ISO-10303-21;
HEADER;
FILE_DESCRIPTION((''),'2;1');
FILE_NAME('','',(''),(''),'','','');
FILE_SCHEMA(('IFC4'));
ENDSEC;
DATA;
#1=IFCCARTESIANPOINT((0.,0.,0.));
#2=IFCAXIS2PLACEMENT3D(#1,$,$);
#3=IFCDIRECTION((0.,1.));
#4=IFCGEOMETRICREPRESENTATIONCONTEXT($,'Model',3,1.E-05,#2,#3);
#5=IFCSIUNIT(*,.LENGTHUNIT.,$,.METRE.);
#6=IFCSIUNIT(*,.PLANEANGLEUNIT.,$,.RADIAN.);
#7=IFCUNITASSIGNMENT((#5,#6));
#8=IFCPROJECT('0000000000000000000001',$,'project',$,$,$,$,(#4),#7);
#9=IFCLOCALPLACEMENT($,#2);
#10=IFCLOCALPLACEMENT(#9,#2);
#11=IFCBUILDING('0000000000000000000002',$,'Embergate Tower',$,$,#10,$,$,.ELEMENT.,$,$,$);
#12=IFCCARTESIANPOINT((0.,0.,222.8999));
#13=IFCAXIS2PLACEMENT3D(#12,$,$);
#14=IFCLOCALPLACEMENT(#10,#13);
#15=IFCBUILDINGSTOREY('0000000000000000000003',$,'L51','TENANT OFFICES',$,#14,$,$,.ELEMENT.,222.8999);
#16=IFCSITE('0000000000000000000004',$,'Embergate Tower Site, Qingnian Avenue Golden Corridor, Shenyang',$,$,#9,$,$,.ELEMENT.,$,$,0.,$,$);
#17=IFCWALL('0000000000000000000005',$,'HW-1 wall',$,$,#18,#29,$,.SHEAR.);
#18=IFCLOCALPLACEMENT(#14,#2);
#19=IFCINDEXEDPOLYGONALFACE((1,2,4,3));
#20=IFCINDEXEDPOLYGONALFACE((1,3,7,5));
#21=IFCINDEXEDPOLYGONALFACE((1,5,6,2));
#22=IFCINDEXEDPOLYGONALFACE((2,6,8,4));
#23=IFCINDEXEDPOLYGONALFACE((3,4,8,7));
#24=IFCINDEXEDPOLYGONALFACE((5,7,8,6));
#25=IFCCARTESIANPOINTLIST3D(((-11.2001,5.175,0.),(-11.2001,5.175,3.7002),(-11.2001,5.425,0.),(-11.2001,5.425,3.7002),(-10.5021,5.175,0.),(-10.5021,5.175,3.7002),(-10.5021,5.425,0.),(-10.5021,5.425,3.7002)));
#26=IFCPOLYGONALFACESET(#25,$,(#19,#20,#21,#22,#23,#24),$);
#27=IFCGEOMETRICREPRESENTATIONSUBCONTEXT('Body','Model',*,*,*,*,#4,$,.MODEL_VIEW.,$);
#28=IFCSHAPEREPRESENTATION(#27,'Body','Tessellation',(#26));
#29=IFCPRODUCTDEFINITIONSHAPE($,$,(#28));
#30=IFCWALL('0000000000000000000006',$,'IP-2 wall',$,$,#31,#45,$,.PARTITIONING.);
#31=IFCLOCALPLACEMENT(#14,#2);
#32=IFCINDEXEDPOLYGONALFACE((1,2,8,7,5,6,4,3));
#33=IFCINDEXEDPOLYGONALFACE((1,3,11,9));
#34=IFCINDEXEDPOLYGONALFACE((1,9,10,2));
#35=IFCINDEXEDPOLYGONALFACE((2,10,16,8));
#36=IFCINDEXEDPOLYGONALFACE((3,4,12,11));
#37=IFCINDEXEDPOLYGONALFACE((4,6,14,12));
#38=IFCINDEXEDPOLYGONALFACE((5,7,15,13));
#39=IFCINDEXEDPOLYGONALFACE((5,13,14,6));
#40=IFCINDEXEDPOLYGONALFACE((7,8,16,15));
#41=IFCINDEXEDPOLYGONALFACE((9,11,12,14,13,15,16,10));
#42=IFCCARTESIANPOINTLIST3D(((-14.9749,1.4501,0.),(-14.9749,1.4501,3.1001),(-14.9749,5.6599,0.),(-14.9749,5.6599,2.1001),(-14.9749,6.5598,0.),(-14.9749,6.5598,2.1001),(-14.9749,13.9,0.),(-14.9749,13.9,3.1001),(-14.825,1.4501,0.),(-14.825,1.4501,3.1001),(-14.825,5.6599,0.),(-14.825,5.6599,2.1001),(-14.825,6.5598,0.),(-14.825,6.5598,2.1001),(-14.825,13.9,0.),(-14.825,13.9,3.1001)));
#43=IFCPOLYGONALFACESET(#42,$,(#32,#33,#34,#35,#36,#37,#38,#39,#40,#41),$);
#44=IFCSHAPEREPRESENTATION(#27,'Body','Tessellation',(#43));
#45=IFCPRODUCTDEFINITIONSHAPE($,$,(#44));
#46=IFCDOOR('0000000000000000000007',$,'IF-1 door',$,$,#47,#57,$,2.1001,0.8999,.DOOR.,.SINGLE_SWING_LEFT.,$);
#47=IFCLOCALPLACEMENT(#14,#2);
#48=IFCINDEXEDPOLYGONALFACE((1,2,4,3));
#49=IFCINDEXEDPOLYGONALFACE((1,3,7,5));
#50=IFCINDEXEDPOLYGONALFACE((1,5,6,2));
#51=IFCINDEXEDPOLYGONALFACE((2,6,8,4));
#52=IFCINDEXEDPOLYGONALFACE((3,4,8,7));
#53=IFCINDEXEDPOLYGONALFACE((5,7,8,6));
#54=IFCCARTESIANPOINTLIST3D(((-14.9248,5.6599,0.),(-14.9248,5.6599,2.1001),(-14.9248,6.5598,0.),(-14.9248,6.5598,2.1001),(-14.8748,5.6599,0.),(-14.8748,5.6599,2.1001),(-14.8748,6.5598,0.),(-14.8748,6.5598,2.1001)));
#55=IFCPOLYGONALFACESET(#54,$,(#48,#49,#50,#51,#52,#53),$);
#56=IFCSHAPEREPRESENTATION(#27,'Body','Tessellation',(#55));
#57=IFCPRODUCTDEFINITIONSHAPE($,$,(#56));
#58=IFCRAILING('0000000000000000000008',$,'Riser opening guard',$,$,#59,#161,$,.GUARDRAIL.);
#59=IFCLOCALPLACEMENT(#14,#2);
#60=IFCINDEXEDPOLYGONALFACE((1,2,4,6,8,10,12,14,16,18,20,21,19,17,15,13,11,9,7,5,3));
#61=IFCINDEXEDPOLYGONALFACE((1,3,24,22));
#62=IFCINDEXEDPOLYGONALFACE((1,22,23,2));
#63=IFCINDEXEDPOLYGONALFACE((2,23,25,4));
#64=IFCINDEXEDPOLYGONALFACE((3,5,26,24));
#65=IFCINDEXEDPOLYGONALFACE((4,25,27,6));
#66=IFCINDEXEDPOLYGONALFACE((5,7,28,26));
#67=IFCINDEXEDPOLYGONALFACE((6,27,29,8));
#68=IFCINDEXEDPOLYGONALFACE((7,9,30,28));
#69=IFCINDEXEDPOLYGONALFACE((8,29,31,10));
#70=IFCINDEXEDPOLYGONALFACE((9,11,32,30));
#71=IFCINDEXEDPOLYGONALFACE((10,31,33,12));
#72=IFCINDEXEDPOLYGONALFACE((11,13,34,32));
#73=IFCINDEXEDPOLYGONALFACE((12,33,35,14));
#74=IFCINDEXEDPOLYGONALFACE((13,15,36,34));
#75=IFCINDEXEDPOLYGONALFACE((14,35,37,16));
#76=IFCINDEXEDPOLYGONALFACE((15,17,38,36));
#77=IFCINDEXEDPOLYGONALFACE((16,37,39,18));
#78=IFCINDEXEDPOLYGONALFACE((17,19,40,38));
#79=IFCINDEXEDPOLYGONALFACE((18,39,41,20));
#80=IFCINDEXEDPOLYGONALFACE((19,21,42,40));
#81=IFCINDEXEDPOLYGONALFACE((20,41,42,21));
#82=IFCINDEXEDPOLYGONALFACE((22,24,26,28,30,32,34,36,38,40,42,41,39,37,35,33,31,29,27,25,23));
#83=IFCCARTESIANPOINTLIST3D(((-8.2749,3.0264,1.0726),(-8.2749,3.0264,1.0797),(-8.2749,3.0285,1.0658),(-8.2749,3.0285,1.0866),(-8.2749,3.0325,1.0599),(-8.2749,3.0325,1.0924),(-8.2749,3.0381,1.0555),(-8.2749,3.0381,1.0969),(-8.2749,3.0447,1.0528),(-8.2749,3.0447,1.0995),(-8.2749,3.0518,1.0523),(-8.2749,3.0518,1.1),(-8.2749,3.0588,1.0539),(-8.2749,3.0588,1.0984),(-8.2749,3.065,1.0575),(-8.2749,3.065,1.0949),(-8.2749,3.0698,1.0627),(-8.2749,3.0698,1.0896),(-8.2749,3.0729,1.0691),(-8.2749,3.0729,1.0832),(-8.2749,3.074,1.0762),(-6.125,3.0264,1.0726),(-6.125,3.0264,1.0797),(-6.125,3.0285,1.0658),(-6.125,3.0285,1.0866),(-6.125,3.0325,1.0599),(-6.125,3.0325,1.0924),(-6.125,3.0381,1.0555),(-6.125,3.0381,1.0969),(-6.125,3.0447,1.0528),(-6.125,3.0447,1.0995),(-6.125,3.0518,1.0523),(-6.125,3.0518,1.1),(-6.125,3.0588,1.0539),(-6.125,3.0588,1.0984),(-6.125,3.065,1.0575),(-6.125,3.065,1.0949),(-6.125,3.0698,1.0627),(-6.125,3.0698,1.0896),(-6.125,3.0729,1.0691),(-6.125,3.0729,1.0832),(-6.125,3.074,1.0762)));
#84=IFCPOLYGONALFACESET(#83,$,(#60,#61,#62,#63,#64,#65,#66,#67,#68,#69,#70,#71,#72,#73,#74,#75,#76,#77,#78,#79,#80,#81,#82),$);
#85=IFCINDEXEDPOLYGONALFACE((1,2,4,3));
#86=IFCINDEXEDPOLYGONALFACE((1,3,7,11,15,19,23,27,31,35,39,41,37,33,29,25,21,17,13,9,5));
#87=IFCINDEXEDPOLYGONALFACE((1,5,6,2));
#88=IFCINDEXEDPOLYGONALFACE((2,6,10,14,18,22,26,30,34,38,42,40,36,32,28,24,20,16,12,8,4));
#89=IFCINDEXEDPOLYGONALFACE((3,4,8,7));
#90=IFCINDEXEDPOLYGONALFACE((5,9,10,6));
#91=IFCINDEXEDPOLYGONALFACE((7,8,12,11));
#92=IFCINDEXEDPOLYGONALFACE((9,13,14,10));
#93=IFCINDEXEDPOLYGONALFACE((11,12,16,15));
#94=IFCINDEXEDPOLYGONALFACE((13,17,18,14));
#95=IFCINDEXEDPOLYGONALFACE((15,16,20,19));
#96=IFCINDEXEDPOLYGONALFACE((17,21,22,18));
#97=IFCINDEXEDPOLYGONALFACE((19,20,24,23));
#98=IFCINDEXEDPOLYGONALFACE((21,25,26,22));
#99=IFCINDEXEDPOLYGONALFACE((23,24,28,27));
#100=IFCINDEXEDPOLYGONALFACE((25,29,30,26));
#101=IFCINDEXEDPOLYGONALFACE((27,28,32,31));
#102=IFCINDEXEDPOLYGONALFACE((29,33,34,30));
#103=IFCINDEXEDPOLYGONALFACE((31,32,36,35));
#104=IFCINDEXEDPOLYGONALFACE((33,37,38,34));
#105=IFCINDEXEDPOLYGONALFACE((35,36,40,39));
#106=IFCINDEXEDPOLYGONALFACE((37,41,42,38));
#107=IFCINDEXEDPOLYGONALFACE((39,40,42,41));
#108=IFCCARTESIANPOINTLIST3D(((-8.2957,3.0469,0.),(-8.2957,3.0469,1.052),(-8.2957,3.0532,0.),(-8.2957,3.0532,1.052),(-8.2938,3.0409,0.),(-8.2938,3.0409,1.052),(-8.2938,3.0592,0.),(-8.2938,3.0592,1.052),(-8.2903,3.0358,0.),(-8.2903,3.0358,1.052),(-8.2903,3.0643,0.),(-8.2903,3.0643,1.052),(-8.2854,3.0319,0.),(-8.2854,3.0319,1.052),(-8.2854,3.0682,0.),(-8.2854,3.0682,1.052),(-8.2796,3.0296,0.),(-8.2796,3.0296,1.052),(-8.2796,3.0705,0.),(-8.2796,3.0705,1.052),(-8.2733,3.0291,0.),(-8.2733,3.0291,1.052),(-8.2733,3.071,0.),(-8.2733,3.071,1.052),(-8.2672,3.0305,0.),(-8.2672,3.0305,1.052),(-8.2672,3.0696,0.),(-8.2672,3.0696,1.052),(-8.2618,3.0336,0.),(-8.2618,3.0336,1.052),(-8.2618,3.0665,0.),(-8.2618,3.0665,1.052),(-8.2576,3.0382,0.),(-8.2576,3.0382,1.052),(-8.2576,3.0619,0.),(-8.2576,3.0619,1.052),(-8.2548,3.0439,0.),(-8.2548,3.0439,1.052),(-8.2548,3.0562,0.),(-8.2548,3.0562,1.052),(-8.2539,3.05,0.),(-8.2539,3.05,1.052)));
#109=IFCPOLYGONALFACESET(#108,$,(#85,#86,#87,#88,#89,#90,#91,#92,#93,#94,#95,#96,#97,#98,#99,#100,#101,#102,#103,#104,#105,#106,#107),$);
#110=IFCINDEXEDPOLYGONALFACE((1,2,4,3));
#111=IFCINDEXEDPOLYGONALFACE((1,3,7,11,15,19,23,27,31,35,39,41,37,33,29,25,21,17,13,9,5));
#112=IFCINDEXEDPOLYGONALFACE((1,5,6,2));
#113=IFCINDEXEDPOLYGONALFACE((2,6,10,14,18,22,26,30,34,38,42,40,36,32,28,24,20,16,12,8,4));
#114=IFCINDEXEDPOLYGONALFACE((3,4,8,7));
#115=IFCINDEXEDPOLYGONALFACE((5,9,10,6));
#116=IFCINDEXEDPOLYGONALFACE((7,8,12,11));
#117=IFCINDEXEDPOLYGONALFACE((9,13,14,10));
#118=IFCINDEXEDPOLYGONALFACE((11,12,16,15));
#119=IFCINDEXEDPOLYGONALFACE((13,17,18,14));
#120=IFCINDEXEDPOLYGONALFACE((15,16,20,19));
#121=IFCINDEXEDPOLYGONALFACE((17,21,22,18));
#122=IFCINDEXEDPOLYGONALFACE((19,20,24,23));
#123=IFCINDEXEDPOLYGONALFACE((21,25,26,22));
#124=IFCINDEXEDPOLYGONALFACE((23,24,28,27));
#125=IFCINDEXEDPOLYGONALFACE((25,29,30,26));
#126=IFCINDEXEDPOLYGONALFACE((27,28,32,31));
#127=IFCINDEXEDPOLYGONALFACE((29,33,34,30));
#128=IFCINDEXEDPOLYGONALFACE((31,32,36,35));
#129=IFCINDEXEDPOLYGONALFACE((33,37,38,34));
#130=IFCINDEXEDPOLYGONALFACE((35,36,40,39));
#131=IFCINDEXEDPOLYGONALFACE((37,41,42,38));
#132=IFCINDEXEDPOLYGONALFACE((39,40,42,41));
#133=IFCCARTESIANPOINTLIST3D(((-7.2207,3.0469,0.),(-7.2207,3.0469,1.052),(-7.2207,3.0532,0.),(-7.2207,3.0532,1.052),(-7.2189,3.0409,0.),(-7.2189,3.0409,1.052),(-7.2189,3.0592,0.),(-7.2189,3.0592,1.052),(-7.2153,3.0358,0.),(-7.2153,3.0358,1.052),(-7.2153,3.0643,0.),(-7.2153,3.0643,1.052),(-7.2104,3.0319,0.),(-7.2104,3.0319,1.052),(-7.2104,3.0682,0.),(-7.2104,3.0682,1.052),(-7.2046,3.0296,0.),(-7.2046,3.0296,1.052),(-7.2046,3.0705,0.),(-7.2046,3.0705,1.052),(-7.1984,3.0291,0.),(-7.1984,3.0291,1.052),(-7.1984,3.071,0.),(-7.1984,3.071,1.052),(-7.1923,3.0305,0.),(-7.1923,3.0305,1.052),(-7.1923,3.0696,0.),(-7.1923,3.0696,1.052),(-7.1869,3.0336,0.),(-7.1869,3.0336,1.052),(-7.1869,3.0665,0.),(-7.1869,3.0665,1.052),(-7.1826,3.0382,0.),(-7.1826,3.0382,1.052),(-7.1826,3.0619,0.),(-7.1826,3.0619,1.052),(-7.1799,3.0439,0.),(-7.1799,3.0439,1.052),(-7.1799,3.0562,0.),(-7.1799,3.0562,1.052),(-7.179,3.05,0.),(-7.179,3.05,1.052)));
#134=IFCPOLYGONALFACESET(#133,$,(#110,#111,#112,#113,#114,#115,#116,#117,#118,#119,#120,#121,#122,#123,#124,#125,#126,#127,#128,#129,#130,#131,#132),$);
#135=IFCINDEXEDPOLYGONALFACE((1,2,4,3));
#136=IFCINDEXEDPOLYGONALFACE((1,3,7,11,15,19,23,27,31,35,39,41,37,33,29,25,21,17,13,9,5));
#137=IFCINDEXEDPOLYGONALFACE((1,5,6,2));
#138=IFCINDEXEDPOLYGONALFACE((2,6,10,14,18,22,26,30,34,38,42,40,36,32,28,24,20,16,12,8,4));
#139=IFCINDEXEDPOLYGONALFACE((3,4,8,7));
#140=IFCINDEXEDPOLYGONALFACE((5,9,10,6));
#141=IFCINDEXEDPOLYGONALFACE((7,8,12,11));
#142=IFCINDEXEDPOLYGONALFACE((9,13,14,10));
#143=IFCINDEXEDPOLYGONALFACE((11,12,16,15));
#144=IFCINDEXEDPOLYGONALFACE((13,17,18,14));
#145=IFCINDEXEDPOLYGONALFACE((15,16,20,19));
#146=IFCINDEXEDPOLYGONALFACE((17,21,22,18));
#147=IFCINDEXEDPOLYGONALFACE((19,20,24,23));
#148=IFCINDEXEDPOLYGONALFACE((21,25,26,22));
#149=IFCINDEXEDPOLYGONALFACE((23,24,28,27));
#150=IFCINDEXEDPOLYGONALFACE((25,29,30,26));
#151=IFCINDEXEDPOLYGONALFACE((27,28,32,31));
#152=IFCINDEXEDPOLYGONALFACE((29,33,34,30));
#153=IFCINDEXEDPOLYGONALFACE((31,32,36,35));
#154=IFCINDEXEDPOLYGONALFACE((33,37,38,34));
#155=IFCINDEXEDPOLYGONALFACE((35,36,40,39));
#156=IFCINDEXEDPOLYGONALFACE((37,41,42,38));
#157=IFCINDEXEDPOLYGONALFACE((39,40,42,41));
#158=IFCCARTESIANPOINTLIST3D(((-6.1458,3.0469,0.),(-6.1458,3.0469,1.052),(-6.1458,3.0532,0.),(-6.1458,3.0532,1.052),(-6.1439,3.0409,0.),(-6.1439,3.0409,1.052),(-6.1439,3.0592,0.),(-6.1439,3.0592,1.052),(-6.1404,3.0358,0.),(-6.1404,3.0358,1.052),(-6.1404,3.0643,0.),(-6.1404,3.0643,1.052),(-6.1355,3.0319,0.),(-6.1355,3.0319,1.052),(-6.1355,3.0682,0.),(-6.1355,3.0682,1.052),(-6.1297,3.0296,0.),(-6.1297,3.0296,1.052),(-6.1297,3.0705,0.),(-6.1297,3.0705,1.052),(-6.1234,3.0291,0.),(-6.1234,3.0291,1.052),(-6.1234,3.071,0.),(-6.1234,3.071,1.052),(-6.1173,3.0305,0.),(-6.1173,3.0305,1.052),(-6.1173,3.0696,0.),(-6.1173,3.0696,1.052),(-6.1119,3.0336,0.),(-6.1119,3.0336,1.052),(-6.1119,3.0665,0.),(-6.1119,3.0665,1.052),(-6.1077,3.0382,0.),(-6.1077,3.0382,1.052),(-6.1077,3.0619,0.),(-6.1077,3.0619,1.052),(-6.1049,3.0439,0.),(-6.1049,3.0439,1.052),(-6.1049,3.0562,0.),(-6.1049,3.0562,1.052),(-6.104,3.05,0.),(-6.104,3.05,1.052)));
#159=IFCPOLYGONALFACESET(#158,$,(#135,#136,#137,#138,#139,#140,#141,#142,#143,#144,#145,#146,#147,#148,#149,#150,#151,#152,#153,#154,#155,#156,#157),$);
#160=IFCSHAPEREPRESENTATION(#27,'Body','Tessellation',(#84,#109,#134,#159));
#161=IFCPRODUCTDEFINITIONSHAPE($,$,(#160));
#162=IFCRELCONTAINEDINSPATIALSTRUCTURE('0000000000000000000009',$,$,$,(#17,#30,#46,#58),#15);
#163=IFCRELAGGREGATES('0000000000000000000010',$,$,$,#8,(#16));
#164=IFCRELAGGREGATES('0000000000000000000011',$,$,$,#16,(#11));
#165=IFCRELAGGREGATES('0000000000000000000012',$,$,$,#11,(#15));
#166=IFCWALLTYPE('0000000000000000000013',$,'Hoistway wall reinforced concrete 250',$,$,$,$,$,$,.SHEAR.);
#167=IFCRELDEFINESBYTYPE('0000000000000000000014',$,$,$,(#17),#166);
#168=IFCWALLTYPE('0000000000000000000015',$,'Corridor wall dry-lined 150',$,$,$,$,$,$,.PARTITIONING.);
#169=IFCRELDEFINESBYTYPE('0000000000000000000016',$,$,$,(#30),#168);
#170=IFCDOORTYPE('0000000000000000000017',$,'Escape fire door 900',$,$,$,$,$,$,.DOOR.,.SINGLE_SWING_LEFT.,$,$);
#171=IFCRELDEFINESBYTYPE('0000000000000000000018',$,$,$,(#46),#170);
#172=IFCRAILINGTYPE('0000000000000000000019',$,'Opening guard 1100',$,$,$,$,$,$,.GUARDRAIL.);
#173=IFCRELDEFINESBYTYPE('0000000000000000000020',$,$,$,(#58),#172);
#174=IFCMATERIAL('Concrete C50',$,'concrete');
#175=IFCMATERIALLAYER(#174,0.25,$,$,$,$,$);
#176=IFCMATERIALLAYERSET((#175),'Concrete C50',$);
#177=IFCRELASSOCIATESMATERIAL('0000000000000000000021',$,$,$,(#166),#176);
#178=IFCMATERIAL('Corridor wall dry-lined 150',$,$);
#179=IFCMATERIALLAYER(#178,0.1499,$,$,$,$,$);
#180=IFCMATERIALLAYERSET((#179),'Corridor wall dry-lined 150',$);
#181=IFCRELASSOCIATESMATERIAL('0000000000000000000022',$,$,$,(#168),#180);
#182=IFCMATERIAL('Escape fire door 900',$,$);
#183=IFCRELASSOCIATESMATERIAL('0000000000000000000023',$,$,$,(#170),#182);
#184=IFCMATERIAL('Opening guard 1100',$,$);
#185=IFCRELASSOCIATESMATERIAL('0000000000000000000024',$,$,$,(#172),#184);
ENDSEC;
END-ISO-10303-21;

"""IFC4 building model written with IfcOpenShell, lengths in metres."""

from ifc_helpers import new_model, si_unit, direction, frame, frame_2d, origin, origin_2d, place, context, subcontext, project, spatial, rectangle, circle, extrude, source, transform, mapped, material, layer, layer_set, type_object, element, fill, save


model = new_model("IFC4")

# Units and contexts
model_context = context("Model", 3, precision=1e-05, world=origin(), true_north=direction((0.0, 1.0)))
body_context = subcontext(model_context, "Body", "Model", "MODEL_VIEW")
ifc_project = project(units=[si_unit("LENGTHUNIT", "METRE"), si_unit("PLANEANGLEUNIT", "RADIAN")], contexts=[model_context])

# Site, building, storey
site_placement = place(None, origin())
site = spatial("IfcSite", under=ifc_project, at=site_placement, Name="Embergate Tower Site, Qingnian Avenue Golden Corridor, Shenyang", CompositionType="ELEMENT", RefElevation=0.0)
building_placement = place(site_placement, origin())
building = spatial("IfcBuilding", under=site, at=building_placement, Name="Embergate Tower", CompositionType="ELEMENT")
storey_placement = place(building_placement, frame((0.0, 0.0, 222.8999)))
storey = spatial("IfcBuildingStorey", under=building, at=storey_placement, Name="L51", Description="TENANT OFFICES", CompositionType="ELEMENT", Elevation=222.8999)

# Shared definitions
ifc_material_1 = material(Name="Concrete C50", Category="concrete")
ifc_layer_1 = layer(ifc_material_1, 0.25)
ifc_layer_set_1 = layer_set([ifc_layer_1], Name="Concrete C50")
wall_type_1 = type_object("IfcWallType", Name="Hoistway wall reinforced concrete 250", PredefinedType="SHEAR", material=ifc_layer_set_1)

# Shared definitions
shared_shape_1 = source(origin(), body_context, "Body", "SweptSolid", [
    extrude(rectangle(XDim=0.8999, YDim=2.1001, at=frame_2d((0.45, 1.05))), frame((0.0, 0.0249, 0.0), z_axis=(0.0, -1.0, 0.0), x_axis=(1.0, 0.0, 0.0)), (0.0, 0.0, 1.0), 0.05),
])

# Wall
shared_shape_2 = source(origin(), body_context, "Body", "SweptSolid", [
    extrude(rectangle(XDim=0.698, YDim=0.25, at=frame_2d((0.3491, 0.0))), origin(), (0.0, 0.0, 1.0), 3.7002),
])
wall_1_placement = place(storey_placement, frame((-10.502, 5.3, 0.0), z_axis=(0.0, 0.0, 1.0), x_axis=(-1.0, 0.0, 0.0)))
element("IfcWall", 1, at=wall_1_placement, inside=storey, type_object=wall_type_1, Name="HW-1 wall", PredefinedType="SHEAR", context=body_context, shape_type="MappedRepresentation", body=[
    mapped(shared_shape_2, transform((0.0, 0.0, 0.0))),
])

# Wall, opening, door
ifc_material_2 = material(Name="Corridor wall dry-lined 150")
ifc_layer_2 = layer(ifc_material_2, 0.1499)
ifc_layer_set_2 = layer_set([ifc_layer_2], Name="Corridor wall dry-lined 150")
wall_type_2 = type_object("IfcWallType", Name="Corridor wall dry-lined 150", PredefinedType="PARTITIONING", material=ifc_layer_set_2)
shared_shape_3 = source(origin(), body_context, "Body", "SweptSolid", [
    extrude(rectangle(XDim=12.45, YDim=0.1499, at=frame_2d((6.2251, 0.0))), origin(), (0.0, 0.0, 1.0), 3.1001),
])
wall_2_placement = place(storey_placement, frame((-14.8999, 1.45, 0.0), z_axis=(0.0, 0.0, 1.0), x_axis=(0.0, 1.0, 0.0)))
wall_2 = element("IfcWall", 2, at=wall_2_placement, inside=storey, type_object=wall_type_2, Name="IP-2 wall", PredefinedType="PARTITIONING", context=body_context, shape_type="MappedRepresentation", body=[
    mapped(shared_shape_3, transform((0.0, 0.0, 0.0))),
])
shared_shape_4 = source(origin(), body_context, "Body", "SweptSolid", [
    extrude(rectangle(XDim=0.8999, YDim=2.1001, at=frame_2d((0.45, 1.05))), frame((0.0, 0.085, 0.0), z_axis=(0.0, -1.0, 0.0), x_axis=(1.0, 0.0, 0.0)), (0.0, 0.0, 1.0), 0.1699),
])
opening_1_placement = place(wall_2_placement, frame((4.21, 0.0, 0.0)))
opening_1 = element("IfcOpeningElement", 3, at=opening_1_placement, cuts=wall_2, PredefinedType="OPENING", context=body_context, shape_type="MappedRepresentation", body=[
    mapped(shared_shape_4, transform((0.0, 0.0, 0.0))),
])
ifc_material_3 = material(Name="Escape fire door 900")
door_type_1 = type_object("IfcDoorType", Name="Escape fire door 900", OperationType="SINGLE_SWING_LEFT", PredefinedType="DOOR", material=ifc_material_3)
door_1_placement = place(opening_1_placement, origin())
door_1 = element("IfcDoor", 4, at=door_1_placement, inside=storey, type_object=door_type_1, Name="IF-1 door", OperationType="SINGLE_SWING_LEFT", OverallHeight=2.1001, OverallWidth=0.8999, PredefinedType="DOOR", context=body_context, shape_type="MappedRepresentation", body=[
    mapped(shared_shape_1, transform((0.0, 0.0, 0.0))),
])
fill(opening_1, door_1)

# Railing
ifc_material_4 = material(Name="Opening guard 1100")
railing_type = type_object("IfcRailingType", Name="Opening guard 1100", PredefinedType="GUARDRAIL", material=ifc_material_4)
shared_shape_5 = source(origin(), body_context, "Body", "SweptSolid", [
    extrude(circle(Radius=0.0239, at=origin_2d()), frame((0.0, 0.0, 1.0762), z_axis=(1.0, 0.0, 0.0), x_axis=(0.0, 1.0, 0.0)), (0.0, 0.0, 1.0), 2.1499),
    extrude(circle(Radius=0.021, at=origin_2d()), origin(), (0.0, 0.0, 1.0), 1.052),
    extrude(circle(Radius=0.021, at=origin_2d()), frame((1.075, 0.0, 0.0)), (0.0, 0.0, 1.0), 1.052),
    extrude(circle(Radius=0.021, at=origin_2d()), frame((2.1499, 0.0, 0.0)), (0.0, 0.0, 1.0), 1.052),
])
railing_placement = place(storey_placement, frame((-8.2749, 3.05, 0.0)))
element("IfcRailing", 5, at=railing_placement, inside=storey, type_object=railing_type, Name="Riser opening guard", PredefinedType="GUARDRAIL", context=body_context, shape_type="MappedRepresentation", body=[
    mapped(shared_shape_5, transform((0.0, 0.0, 0.0))),
])

save(model, "model.ifc")
